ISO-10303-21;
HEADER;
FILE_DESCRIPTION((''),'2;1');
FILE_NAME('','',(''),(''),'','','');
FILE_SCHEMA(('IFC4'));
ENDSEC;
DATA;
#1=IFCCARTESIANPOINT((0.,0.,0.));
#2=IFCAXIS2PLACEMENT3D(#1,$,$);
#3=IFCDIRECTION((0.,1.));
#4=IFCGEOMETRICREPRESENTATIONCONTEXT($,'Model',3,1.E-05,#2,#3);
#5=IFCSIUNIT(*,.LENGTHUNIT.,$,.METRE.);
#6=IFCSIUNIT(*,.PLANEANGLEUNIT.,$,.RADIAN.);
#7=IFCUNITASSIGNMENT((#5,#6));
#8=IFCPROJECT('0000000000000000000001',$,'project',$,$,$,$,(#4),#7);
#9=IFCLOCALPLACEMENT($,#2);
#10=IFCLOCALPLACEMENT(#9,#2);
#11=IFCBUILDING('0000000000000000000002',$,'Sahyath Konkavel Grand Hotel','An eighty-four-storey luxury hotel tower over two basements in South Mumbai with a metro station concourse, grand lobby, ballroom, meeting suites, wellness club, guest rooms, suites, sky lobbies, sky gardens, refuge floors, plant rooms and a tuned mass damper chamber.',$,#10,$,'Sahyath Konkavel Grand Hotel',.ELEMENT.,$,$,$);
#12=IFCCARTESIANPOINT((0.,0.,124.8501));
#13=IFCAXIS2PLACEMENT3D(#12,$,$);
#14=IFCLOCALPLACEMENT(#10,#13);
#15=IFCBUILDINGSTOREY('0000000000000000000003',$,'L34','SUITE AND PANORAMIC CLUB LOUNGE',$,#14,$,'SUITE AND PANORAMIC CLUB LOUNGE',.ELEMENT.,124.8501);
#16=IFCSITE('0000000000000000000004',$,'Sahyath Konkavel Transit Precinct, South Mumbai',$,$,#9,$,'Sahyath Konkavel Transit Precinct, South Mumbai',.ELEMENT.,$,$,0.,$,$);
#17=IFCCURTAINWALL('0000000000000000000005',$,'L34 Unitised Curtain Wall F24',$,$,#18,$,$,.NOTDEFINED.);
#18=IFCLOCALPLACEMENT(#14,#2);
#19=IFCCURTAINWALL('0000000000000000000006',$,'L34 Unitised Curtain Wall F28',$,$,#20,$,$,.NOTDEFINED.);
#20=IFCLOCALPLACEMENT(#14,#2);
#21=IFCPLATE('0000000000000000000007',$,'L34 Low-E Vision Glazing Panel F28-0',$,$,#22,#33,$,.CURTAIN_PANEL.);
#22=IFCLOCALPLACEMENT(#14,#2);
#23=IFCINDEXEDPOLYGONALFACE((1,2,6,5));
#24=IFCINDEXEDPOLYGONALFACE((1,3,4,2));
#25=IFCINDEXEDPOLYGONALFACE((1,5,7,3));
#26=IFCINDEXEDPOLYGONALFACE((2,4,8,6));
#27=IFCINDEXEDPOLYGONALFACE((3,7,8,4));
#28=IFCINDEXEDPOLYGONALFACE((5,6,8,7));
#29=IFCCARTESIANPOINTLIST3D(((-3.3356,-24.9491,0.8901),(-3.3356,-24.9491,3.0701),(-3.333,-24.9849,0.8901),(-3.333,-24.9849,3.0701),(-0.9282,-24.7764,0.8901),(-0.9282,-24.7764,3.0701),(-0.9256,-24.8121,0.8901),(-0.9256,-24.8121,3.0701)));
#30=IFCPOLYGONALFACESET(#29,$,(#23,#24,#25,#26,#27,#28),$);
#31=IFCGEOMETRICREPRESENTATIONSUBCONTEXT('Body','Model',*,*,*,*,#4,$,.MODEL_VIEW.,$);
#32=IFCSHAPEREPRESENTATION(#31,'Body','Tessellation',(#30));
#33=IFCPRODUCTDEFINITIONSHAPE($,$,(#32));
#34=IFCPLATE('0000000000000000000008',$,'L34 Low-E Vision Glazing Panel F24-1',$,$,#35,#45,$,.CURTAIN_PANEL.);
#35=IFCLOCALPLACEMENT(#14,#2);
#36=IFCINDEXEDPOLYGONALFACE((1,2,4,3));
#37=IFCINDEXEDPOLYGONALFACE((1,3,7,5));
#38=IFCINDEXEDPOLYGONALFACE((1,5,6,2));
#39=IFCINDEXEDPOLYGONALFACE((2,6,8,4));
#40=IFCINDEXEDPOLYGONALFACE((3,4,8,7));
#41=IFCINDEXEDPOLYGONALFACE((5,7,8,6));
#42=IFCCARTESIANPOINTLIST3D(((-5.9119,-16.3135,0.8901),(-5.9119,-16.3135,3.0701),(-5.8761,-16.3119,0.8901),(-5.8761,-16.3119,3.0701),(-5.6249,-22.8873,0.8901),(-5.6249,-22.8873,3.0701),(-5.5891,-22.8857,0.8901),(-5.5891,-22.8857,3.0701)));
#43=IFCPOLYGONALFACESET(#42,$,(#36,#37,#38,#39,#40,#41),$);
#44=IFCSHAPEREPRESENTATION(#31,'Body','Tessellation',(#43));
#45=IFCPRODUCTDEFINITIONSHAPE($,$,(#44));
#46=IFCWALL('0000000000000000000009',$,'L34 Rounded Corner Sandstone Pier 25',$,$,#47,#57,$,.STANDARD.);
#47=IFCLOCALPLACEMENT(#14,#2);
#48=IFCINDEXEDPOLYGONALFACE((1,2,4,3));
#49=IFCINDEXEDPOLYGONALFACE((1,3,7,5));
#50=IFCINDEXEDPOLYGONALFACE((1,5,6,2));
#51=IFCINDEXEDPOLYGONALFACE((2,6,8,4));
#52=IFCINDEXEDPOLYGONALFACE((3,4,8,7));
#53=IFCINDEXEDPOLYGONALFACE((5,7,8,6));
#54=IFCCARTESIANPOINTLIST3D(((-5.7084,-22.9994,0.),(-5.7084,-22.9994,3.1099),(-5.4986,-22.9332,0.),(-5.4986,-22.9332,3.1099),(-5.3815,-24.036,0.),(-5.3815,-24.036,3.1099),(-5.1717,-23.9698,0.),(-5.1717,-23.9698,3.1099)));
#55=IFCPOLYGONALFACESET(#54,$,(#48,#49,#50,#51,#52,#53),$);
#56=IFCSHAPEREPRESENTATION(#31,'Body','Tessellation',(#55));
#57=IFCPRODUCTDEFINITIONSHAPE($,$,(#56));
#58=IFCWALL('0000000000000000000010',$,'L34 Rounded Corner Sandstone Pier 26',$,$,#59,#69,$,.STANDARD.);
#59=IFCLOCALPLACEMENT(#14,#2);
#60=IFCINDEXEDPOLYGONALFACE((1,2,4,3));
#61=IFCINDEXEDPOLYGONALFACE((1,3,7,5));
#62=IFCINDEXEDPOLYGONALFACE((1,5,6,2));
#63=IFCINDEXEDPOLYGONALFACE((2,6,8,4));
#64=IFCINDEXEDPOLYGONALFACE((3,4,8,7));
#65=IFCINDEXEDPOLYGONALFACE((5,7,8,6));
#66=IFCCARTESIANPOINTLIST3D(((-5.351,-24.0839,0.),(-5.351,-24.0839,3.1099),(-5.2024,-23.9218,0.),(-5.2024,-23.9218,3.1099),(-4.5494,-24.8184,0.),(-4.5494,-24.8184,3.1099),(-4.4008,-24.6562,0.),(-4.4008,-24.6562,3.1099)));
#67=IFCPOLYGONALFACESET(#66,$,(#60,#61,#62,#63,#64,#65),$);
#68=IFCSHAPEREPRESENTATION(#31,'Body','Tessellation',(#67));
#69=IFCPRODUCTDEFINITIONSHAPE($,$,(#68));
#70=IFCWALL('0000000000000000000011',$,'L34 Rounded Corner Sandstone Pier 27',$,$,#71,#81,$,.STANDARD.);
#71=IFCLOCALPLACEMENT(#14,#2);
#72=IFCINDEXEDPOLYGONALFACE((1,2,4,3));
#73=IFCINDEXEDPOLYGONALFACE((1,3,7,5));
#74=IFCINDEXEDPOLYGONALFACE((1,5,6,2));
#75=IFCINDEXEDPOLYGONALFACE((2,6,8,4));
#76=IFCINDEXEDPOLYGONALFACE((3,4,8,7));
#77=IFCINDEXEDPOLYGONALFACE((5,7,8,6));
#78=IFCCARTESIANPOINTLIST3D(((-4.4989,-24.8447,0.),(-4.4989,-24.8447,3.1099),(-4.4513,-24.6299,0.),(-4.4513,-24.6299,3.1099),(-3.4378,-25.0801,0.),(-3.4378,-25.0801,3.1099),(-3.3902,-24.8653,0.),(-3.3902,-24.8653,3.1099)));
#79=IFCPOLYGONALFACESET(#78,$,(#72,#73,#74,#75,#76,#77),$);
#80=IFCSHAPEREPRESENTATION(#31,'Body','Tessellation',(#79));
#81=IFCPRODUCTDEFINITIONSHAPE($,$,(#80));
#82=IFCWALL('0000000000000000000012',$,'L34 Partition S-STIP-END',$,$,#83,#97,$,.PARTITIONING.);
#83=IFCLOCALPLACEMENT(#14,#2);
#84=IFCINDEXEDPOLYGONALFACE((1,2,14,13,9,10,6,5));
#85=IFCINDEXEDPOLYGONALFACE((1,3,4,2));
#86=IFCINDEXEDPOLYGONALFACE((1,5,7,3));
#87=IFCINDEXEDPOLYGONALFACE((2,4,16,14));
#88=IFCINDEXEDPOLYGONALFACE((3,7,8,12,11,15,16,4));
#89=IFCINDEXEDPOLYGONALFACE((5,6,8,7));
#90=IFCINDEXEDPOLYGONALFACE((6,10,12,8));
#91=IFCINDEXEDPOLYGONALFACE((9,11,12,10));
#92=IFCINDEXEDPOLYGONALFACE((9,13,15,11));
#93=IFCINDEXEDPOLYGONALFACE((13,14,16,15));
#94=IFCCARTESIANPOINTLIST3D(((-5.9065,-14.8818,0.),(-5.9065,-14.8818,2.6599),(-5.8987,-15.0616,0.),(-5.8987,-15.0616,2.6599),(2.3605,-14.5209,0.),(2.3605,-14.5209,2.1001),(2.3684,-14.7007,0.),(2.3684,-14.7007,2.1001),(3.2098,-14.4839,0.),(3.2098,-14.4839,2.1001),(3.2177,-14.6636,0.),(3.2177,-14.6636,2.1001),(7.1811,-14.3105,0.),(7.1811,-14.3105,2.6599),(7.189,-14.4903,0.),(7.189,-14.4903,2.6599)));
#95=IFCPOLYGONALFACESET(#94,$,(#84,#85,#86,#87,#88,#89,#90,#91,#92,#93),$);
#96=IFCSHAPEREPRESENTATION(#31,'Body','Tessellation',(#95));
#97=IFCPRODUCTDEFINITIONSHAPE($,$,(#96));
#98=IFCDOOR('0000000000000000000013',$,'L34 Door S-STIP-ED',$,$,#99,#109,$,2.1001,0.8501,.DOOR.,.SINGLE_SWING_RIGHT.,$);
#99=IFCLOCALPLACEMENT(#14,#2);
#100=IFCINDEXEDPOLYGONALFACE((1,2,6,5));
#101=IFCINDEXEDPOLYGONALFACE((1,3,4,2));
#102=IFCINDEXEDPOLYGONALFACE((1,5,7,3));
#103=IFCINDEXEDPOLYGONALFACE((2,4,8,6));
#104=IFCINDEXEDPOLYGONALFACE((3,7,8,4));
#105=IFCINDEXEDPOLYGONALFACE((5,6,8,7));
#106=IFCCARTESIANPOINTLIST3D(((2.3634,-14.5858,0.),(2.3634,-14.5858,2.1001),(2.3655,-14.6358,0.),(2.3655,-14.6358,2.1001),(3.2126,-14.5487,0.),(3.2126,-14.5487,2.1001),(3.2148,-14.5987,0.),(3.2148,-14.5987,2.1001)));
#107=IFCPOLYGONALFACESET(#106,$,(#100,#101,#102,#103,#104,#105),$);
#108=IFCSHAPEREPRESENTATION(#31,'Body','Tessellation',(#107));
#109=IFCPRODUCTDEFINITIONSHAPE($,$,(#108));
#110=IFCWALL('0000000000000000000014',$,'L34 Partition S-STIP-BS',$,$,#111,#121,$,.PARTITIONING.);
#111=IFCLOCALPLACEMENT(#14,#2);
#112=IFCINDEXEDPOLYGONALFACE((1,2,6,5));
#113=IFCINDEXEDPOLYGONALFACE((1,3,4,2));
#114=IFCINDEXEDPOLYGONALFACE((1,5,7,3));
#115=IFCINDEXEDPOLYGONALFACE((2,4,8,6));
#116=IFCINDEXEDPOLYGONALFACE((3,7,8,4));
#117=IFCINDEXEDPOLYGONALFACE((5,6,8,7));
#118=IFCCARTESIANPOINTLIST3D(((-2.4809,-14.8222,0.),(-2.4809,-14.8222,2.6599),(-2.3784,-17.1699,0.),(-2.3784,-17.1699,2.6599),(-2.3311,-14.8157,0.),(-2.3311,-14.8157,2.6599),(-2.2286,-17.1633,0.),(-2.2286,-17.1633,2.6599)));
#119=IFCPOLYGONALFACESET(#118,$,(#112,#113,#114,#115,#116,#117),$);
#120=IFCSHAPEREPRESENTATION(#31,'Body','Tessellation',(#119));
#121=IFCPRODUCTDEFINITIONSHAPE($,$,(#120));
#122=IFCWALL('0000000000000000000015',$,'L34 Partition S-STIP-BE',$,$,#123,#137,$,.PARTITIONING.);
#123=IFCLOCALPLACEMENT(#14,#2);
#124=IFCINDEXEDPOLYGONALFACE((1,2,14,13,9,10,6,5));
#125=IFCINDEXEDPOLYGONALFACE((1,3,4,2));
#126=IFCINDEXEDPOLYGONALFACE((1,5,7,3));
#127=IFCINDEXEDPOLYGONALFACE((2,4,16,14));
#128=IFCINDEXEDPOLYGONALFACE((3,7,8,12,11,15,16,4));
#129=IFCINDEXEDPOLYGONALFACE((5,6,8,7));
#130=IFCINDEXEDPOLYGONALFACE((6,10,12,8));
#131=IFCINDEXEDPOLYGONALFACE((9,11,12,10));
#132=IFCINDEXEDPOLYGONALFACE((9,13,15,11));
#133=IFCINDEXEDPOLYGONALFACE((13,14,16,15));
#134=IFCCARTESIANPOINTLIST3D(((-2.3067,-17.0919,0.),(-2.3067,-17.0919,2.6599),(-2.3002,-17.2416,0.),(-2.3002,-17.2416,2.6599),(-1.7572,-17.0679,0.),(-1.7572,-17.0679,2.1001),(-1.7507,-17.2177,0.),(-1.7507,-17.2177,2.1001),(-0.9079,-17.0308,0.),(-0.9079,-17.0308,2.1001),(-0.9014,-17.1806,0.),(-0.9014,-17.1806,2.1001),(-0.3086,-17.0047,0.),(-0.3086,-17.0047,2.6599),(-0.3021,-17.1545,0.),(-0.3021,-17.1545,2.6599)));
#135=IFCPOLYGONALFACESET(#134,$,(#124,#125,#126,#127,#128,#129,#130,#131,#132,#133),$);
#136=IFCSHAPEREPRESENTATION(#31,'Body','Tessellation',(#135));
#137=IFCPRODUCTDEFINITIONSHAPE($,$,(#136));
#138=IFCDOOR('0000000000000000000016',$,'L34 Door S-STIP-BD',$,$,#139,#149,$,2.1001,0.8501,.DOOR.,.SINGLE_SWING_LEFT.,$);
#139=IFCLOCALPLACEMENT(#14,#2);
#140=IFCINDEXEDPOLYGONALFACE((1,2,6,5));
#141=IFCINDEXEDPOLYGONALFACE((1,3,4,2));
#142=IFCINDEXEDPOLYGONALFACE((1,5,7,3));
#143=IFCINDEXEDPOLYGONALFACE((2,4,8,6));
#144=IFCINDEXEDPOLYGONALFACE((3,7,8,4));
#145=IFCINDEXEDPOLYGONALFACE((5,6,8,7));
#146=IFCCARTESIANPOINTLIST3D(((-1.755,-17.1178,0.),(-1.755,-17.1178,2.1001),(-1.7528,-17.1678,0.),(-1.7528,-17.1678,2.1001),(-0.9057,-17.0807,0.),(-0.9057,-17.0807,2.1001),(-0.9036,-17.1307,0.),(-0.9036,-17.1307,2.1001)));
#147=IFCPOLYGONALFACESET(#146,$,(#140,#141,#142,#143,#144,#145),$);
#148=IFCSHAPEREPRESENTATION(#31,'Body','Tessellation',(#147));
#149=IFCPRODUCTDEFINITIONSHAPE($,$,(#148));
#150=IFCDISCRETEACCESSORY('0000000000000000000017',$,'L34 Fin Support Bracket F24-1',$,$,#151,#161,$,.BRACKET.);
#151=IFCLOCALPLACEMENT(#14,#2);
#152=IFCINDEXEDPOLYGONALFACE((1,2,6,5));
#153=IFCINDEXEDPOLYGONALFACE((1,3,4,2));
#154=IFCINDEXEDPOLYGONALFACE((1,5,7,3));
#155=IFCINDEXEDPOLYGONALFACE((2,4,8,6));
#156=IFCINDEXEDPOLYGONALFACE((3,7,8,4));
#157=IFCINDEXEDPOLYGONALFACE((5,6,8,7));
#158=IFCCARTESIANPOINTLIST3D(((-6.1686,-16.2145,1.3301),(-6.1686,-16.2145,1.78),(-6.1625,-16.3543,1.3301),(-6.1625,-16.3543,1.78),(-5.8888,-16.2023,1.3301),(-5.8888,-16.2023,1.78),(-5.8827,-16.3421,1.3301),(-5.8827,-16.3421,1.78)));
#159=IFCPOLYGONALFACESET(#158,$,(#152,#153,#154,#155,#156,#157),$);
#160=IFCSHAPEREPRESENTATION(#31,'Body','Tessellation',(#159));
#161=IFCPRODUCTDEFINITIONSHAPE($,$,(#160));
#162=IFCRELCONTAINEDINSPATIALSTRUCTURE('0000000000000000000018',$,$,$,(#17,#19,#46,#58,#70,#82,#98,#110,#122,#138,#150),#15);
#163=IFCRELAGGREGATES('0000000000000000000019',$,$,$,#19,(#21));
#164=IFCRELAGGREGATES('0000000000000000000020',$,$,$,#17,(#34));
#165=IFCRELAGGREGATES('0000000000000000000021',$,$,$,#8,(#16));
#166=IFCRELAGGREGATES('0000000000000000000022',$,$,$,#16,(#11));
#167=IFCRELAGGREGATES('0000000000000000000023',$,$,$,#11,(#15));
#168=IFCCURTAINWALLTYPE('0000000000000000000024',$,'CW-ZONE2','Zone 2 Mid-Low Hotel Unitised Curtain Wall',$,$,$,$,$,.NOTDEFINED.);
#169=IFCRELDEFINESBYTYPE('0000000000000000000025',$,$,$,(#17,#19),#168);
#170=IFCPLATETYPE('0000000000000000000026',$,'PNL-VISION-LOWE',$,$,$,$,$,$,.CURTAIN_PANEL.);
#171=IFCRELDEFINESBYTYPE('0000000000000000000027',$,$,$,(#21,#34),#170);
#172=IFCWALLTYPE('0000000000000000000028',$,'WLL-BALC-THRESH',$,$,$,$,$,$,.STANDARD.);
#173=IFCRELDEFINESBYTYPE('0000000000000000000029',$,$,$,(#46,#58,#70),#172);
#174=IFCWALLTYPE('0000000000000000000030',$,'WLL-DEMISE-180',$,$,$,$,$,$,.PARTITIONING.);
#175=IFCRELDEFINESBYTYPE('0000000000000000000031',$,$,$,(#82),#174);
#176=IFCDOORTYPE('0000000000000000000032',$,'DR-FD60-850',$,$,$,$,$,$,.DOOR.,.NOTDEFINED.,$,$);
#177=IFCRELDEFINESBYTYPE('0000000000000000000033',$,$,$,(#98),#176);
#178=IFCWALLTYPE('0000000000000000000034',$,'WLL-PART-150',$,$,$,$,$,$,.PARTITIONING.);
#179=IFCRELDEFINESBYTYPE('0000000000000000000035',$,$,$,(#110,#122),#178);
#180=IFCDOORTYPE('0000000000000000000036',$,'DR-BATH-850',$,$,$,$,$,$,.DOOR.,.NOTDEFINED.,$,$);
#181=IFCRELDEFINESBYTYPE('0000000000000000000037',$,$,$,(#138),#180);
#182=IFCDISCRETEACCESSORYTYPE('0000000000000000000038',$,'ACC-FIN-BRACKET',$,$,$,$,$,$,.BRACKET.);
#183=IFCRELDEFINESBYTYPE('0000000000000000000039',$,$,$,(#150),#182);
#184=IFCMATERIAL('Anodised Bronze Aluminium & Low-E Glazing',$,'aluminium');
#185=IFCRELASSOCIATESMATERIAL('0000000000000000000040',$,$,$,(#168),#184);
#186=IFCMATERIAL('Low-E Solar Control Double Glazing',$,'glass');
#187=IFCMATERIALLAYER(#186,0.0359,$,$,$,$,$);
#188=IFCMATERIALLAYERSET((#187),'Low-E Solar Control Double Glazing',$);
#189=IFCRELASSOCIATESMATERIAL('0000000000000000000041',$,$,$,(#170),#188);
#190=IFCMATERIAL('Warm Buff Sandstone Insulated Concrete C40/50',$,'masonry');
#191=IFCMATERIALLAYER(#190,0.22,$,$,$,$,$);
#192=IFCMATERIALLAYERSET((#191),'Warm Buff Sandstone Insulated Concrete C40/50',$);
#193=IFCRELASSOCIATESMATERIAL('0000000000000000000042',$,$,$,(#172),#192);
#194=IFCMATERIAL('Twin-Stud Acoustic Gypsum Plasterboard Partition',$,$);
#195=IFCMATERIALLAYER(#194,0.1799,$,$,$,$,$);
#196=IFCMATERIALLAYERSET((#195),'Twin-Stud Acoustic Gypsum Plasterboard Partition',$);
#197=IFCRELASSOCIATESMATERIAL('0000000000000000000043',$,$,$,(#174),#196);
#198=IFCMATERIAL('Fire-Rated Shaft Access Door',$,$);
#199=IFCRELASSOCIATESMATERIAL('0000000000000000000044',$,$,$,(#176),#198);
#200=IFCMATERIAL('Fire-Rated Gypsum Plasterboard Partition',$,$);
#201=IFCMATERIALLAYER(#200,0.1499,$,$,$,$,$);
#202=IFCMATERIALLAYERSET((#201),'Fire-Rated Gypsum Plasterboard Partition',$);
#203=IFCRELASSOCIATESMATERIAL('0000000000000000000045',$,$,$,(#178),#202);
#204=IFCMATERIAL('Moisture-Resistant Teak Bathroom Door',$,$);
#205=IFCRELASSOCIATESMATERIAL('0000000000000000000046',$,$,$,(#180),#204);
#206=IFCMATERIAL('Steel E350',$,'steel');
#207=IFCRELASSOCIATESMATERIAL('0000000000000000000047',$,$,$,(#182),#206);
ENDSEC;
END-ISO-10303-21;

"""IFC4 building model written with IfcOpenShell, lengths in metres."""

from ifc_helpers import new_model, si_unit, direction, frame, frame_2d, origin, origin_2d, place, context, subcontext, project, spatial, rectangle, extrude, source, transform, mapped, material, layer, layer_set, type_object, element, fill, aggregate, save


model = new_model("IFC4")

# Units and contexts
model_context = context("Model", 3, precision=1e-05, world=origin(), true_north=direction((0.0, 1.0)))
body_context = subcontext(model_context, "Body", "Model", "MODEL_VIEW")
ifc_project = project(units=[si_unit("LENGTHUNIT", "METRE"), si_unit("PLANEANGLEUNIT", "RADIAN")], contexts=[model_context])

# Site, building, storey
site_placement = place(None, origin())
site = spatial("IfcSite", under=ifc_project, at=site_placement, Name="Sahyath Konkavel Transit Precinct, South Mumbai", LongName="Sahyath Konkavel Transit Precinct, South Mumbai", CompositionType="ELEMENT", RefElevation=0.0)
building_placement = place(site_placement, origin())
building = spatial("IfcBuilding", under=site, at=building_placement, Name="Sahyath Konkavel Grand Hotel", Description="An eighty-four-storey luxury hotel tower over two basements in South Mumbai with a metro station concourse, grand lobby, ballroom, meeting suites, wellness club, guest rooms, suites, sky lobbies, sky gardens, refuge floors, plant rooms and a tuned mass damper chamber.", LongName="Sahyath Konkavel Grand Hotel", CompositionType="ELEMENT")
storey_placement = place(building_placement, frame((0.0, 0.0, 124.8501)))
storey = spatial("IfcBuildingStorey", under=building, at=storey_placement, Name="L34", Description="SUITE AND PANORAMIC CLUB LOUNGE", LongName="SUITE AND PANORAMIC CLUB LOUNGE", CompositionType="ELEMENT", Elevation=124.8501)

# Shared definitions
ifc_material_1 = material(Name="Steel E350", Category="steel")

# Curtain wall
ifc_material_2 = material(Name="Anodised Bronze Aluminium & Low-E Glazing", Category="aluminium")
curtain_wall_type = type_object("IfcCurtainWallType", Name="CW-ZONE2", Description="Zone 2 Mid-Low Hotel Unitised Curtain Wall", PredefinedType="NOTDEFINED", material=ifc_material_2)
curtain_wall_1_placement = place(storey_placement, origin())
curtain_wall_1 = element("IfcCurtainWall", 1, at=curtain_wall_1_placement, inside=storey, type_object=curtain_wall_type, Name="L34 Unitised Curtain Wall F24", PredefinedType="NOTDEFINED")

# Curtain wall
curtain_wall_2_placement = place(storey_placement, origin())
curtain_wall_2 = element("IfcCurtainWall", 2, at=curtain_wall_2_placement, inside=storey, type_object=curtain_wall_type, Name="L34 Unitised Curtain Wall F28", PredefinedType="NOTDEFINED")

# Plates
ifc_material_3 = material(Name="Low-E Solar Control Double Glazing", Category="glass")
ifc_layer_1 = layer(ifc_material_3, 0.0359)
ifc_layer_set_1 = layer_set([ifc_layer_1], Name="Low-E Solar Control Double Glazing")
plate_type_1 = type_object("IfcPlateType", Name="PNL-VISION-LOWE", PredefinedType="CURTAIN_PANEL", material=ifc_layer_set_1)
shared_shape_1 = source(origin(), body_context, "Body", "SweptSolid", [
    extrude(rectangle(XDim=2.4136, YDim=0.0359, at=origin_2d()), origin(), (0.0, 0.0, 1.0), 2.1799),
])
plate_1_placement = place(storey_placement, frame((-2.1306, -24.8806, 0.8901), z_axis=(0.0, 0.0, 1.0), x_axis=(0.997436, 0.071567, 0.0)))
plate_1 = element("IfcPlate", 3, at=plate_1_placement, type_object=plate_type_1, Name="L34 Low-E Vision Glazing Panel F28-0", PredefinedType="CURTAIN_PANEL", context=body_context, shape_type="MappedRepresentation", body=[
    mapped(shared_shape_1, transform((0.0, 0.0, 0.0), scale=1.0)),
])
aggregate(curtain_wall_2, [plate_1])
shared_shape_2 = source(origin(), body_context, "Body", "SweptSolid", [
    extrude(rectangle(XDim=6.5801, YDim=0.0359, at=origin_2d()), origin(), (0.0, 0.0, 1.0), 2.1799),
])
plate_2_placement = place(storey_placement, frame((-5.7505, -19.5996, 0.8901), z_axis=(0.0, 0.0, 1.0), x_axis=(0.043619, -0.999048, 0.0)))
plate_2 = element("IfcPlate", 4, at=plate_2_placement, type_object=plate_type_1, Name="L34 Low-E Vision Glazing Panel F24-1", PredefinedType="CURTAIN_PANEL", context=body_context, shape_type="MappedRepresentation", body=[
    mapped(shared_shape_2, transform((0.0, 0.0, 0.0), scale=1.0)),
])
aggregate(curtain_wall_1, [plate_2])

# Walls
ifc_material_4 = material(Name="Warm Buff Sandstone Insulated Concrete C40/50", Category="masonry")
ifc_layer_2 = layer(ifc_material_4, 0.22)
ifc_layer_set_2 = layer_set([ifc_layer_2], Name="Warm Buff Sandstone Insulated Concrete C40/50")
wall_type_1 = type_object("IfcWallType", Name="WLL-BALC-THRESH", PredefinedType="STANDARD", material=ifc_layer_set_2)
wall_1_placement = place(storey_placement, frame((-5.6035, -22.9663, 0.0), z_axis=(0.0, 0.0, 1.0), x_axis=(0.300755, -0.953701, 0.0)))
element("IfcWall", 5, at=wall_1_placement, inside=storey, type_object=wall_type_1, Name="L34 Rounded Corner Sandstone Pier 25", PredefinedType="STANDARD", context=body_context, shape_type="SweptSolid", body=[
    extrude(rectangle(XDim=1.0869, YDim=0.22, at=frame_2d((0.5435, 0.0))), origin(), (0.0, 0.0, 1.0), 3.1099),
])
wall_2_placement = place(storey_placement, frame((-5.2766, -24.0029, 0.0), z_axis=(0.0, 0.0, 1.0), x_axis=(0.737313, -0.675552, 0.0)))
element("IfcWall", 6, at=wall_2_placement, inside=storey, type_object=wall_type_1, Name="L34 Rounded Corner Sandstone Pier 26", PredefinedType="STANDARD", context=body_context, shape_type="SweptSolid", body=[
    extrude(rectangle(XDim=1.0872, YDim=0.22, at=frame_2d((0.5435, 0.0))), origin(), (0.0, 0.0, 1.0), 3.1099),
])
wall_3_placement = place(storey_placement, frame((-4.4751, -24.7373, 0.0), z_axis=(0.0, 0.0, 1.0), x_axis=(0.976272, -0.21655, 0.0)))
element("IfcWall", 7, at=wall_3_placement, inside=storey, type_object=wall_type_1, Name="L34 Rounded Corner Sandstone Pier 27", PredefinedType="STANDARD", context=body_context, shape_type="SweptSolid", body=[
    extrude(rectangle(XDim=1.0869, YDim=0.22, at=frame_2d((0.5435, 0.0))), origin(), (0.0, 0.0, 1.0), 3.1099),
])

# Wall, opening, door
ifc_material_5 = material(Name="Twin-Stud Acoustic Gypsum Plasterboard Partition")
ifc_layer_3 = layer(ifc_material_5, 0.1799)
ifc_layer_set_3 = layer_set([ifc_layer_3], Name="Twin-Stud Acoustic Gypsum Plasterboard Partition")
wall_type_2 = type_object("IfcWallType", Name="WLL-DEMISE-180", PredefinedType="PARTITIONING", material=ifc_layer_set_3)
wall_4_placement = place(storey_placement, frame((-5.9026, -14.9717, 0.0), z_axis=(0.0, 0.0, 1.0), x_axis=(0.999049, 0.043609, 0.0)))
wall_4 = element("IfcWall", 8, at=wall_4_placement, inside=storey, type_object=wall_type_2, Name="L34 Partition S-STIP-END", PredefinedType="PARTITIONING", context=body_context, shape_type="SweptSolid", body=[
    extrude(rectangle(XDim=13.1001, YDim=0.1799, at=frame_2d((6.55, 0.0))), origin(), (0.0, 0.0, 1.0), 2.6599),
])
opening_1_placement = place(wall_4_placement, frame((8.2749, 0.0, 0.0)))
opening_1 = element("IfcOpeningElement", 9, at=opening_1_placement, cuts=wall_4, PredefinedType="OPENING", context=body_context, shape_type="SweptSolid", body=[
    extrude(rectangle(XDim=0.8501, YDim=2.1001, at=frame_2d((0.425, 1.05))), frame((0.0, 0.1001, 0.0), z_axis=(0.0, -1.0, 0.0), x_axis=(1.0, 0.0, 0.0)), (0.0, 0.0, 1.0), 0.2),
])
ifc_material_6 = material(Name="Fire-Rated Shaft Access Door")
door_type_1 = type_object("IfcDoorType", Name="DR-FD60-850", OperationType="NOTDEFINED", PredefinedType="DOOR", material=ifc_material_6)
shared_shape_3 = source(origin(), body_context, "Body", "SweptSolid", [
    extrude(rectangle(XDim=0.8501, YDim=0.05, at=origin_2d()), origin(), (0.0, 0.0, 1.0), 2.1001),
])
door_1_placement = place(opening_1_placement, frame((0.425, 0.0, 0.0)))
door_1 = element("IfcDoor", 10, at=door_1_placement, inside=storey, type_object=door_type_1, Name="L34 Door S-STIP-ED", OperationType="SINGLE_SWING_RIGHT", OverallHeight=2.1001, OverallWidth=0.8501, PredefinedType="DOOR", context=body_context, shape_type="MappedRepresentation", body=[
    mapped(shared_shape_3, transform((0.0, 0.0, 0.0), scale=1.0)),
])
fill(opening_1, door_1)

# Wall
ifc_material_7 = material(Name="Fire-Rated Gypsum Plasterboard Partition")
ifc_layer_4 = layer(ifc_material_7, 0.1499)
ifc_layer_set_4 = layer_set([ifc_layer_4], Name="Fire-Rated Gypsum Plasterboard Partition")
wall_type_3 = type_object("IfcWallType", Name="WLL-PART-150", PredefinedType="PARTITIONING", material=ifc_layer_set_4)
wall_5_placement = place(storey_placement, frame((-2.406, -14.8191, 0.0), z_axis=(0.0, 0.0, 1.0), x_axis=(0.043636, -0.999048, 0.0)))
element("IfcWall", 11, at=wall_5_placement, inside=storey, type_object=wall_type_3, Name="L34 Partition S-STIP-BS", PredefinedType="PARTITIONING", context=body_context, shape_type="SweptSolid", body=[
    extrude(rectangle(XDim=2.3499, YDim=0.1499, at=frame_2d((1.1748, 0.0))), origin(), (0.0, 0.0, 1.0), 2.6599),
])

# Wall, opening, door
wall_6_placement = place(storey_placement, frame((-2.3035, -17.1667, 0.0), z_axis=(0.0, 0.0, 1.0), x_axis=(0.99905, 0.04358, 0.0)))
wall_6 = element("IfcWall", 12, at=wall_6_placement, inside=storey, type_object=wall_type_3, Name="L34 Partition S-STIP-BE", PredefinedType="PARTITIONING", context=body_context, shape_type="SweptSolid", body=[
    extrude(rectangle(XDim=2.0, YDim=0.1499, at=frame_2d((1.0, 0.0))), origin(), (0.0, 0.0, 1.0), 2.6599),
])
opening_2_placement = place(wall_6_placement, frame((0.55, 0.0, 0.0)))
opening_2 = element("IfcOpeningElement", 13, at=opening_2_placement, cuts=wall_6, PredefinedType="OPENING", context=body_context, shape_type="SweptSolid", body=[
    extrude(rectangle(XDim=0.8501, YDim=2.1001, at=frame_2d((0.425, 1.05))), frame((0.0, 0.085, 0.0), z_axis=(0.0, -1.0, 0.0), x_axis=(1.0, 0.0, 0.0)), (0.0, 0.0, 1.0), 0.1699),
])
ifc_material_8 = material(Name="Moisture-Resistant Teak Bathroom Door")
door_type_2 = type_object("IfcDoorType", Name="DR-BATH-850", OperationType="NOTDEFINED", PredefinedType="DOOR", material=ifc_material_8)
door_2_placement = place(opening_2_placement, frame((0.425, 0.0, 0.0)))
door_2 = element("IfcDoor", 14, at=door_2_placement, inside=storey, type_object=door_type_2, Name="L34 Door S-STIP-BD", OperationType="SINGLE_SWING_LEFT", OverallHeight=2.1001, OverallWidth=0.8501, PredefinedType="DOOR", context=body_context, shape_type="MappedRepresentation", body=[
    mapped(shared_shape_3, transform((0.0, 0.0, 0.0), scale=1.0)),
])
fill(opening_2, door_2)

# Discrete accessory
discrete_accessory_type = type_object("IfcDiscreteAccessoryType", Name="ACC-FIN-BRACKET", PredefinedType="BRACKET", material=ifc_material_1)
shared_shape_4 = source(origin(), body_context, "Body", "SweptSolid", [
    extrude(rectangle(XDim=0.28, YDim=0.1399, at=origin_2d()), origin(), (0.0, 0.0, 1.0), 0.45),
])
discrete_accessory_placement = place(storey_placement, frame((-6.0256, -16.2783, 1.3301), z_axis=(0.0, 0.0, 1.0), x_axis=(-0.999048, -0.043619, 0.0)))
element("IfcDiscreteAccessory", 15, at=discrete_accessory_placement, inside=storey, type_object=discrete_accessory_type, Name="L34 Fin Support Bracket F24-1", PredefinedType="BRACKET", context=body_context, shape_type="MappedRepresentation", body=[
    mapped(shared_shape_4, transform((0.0, 0.0, 0.0), scale=1.0)),
])

save(model, "model.ifc")
